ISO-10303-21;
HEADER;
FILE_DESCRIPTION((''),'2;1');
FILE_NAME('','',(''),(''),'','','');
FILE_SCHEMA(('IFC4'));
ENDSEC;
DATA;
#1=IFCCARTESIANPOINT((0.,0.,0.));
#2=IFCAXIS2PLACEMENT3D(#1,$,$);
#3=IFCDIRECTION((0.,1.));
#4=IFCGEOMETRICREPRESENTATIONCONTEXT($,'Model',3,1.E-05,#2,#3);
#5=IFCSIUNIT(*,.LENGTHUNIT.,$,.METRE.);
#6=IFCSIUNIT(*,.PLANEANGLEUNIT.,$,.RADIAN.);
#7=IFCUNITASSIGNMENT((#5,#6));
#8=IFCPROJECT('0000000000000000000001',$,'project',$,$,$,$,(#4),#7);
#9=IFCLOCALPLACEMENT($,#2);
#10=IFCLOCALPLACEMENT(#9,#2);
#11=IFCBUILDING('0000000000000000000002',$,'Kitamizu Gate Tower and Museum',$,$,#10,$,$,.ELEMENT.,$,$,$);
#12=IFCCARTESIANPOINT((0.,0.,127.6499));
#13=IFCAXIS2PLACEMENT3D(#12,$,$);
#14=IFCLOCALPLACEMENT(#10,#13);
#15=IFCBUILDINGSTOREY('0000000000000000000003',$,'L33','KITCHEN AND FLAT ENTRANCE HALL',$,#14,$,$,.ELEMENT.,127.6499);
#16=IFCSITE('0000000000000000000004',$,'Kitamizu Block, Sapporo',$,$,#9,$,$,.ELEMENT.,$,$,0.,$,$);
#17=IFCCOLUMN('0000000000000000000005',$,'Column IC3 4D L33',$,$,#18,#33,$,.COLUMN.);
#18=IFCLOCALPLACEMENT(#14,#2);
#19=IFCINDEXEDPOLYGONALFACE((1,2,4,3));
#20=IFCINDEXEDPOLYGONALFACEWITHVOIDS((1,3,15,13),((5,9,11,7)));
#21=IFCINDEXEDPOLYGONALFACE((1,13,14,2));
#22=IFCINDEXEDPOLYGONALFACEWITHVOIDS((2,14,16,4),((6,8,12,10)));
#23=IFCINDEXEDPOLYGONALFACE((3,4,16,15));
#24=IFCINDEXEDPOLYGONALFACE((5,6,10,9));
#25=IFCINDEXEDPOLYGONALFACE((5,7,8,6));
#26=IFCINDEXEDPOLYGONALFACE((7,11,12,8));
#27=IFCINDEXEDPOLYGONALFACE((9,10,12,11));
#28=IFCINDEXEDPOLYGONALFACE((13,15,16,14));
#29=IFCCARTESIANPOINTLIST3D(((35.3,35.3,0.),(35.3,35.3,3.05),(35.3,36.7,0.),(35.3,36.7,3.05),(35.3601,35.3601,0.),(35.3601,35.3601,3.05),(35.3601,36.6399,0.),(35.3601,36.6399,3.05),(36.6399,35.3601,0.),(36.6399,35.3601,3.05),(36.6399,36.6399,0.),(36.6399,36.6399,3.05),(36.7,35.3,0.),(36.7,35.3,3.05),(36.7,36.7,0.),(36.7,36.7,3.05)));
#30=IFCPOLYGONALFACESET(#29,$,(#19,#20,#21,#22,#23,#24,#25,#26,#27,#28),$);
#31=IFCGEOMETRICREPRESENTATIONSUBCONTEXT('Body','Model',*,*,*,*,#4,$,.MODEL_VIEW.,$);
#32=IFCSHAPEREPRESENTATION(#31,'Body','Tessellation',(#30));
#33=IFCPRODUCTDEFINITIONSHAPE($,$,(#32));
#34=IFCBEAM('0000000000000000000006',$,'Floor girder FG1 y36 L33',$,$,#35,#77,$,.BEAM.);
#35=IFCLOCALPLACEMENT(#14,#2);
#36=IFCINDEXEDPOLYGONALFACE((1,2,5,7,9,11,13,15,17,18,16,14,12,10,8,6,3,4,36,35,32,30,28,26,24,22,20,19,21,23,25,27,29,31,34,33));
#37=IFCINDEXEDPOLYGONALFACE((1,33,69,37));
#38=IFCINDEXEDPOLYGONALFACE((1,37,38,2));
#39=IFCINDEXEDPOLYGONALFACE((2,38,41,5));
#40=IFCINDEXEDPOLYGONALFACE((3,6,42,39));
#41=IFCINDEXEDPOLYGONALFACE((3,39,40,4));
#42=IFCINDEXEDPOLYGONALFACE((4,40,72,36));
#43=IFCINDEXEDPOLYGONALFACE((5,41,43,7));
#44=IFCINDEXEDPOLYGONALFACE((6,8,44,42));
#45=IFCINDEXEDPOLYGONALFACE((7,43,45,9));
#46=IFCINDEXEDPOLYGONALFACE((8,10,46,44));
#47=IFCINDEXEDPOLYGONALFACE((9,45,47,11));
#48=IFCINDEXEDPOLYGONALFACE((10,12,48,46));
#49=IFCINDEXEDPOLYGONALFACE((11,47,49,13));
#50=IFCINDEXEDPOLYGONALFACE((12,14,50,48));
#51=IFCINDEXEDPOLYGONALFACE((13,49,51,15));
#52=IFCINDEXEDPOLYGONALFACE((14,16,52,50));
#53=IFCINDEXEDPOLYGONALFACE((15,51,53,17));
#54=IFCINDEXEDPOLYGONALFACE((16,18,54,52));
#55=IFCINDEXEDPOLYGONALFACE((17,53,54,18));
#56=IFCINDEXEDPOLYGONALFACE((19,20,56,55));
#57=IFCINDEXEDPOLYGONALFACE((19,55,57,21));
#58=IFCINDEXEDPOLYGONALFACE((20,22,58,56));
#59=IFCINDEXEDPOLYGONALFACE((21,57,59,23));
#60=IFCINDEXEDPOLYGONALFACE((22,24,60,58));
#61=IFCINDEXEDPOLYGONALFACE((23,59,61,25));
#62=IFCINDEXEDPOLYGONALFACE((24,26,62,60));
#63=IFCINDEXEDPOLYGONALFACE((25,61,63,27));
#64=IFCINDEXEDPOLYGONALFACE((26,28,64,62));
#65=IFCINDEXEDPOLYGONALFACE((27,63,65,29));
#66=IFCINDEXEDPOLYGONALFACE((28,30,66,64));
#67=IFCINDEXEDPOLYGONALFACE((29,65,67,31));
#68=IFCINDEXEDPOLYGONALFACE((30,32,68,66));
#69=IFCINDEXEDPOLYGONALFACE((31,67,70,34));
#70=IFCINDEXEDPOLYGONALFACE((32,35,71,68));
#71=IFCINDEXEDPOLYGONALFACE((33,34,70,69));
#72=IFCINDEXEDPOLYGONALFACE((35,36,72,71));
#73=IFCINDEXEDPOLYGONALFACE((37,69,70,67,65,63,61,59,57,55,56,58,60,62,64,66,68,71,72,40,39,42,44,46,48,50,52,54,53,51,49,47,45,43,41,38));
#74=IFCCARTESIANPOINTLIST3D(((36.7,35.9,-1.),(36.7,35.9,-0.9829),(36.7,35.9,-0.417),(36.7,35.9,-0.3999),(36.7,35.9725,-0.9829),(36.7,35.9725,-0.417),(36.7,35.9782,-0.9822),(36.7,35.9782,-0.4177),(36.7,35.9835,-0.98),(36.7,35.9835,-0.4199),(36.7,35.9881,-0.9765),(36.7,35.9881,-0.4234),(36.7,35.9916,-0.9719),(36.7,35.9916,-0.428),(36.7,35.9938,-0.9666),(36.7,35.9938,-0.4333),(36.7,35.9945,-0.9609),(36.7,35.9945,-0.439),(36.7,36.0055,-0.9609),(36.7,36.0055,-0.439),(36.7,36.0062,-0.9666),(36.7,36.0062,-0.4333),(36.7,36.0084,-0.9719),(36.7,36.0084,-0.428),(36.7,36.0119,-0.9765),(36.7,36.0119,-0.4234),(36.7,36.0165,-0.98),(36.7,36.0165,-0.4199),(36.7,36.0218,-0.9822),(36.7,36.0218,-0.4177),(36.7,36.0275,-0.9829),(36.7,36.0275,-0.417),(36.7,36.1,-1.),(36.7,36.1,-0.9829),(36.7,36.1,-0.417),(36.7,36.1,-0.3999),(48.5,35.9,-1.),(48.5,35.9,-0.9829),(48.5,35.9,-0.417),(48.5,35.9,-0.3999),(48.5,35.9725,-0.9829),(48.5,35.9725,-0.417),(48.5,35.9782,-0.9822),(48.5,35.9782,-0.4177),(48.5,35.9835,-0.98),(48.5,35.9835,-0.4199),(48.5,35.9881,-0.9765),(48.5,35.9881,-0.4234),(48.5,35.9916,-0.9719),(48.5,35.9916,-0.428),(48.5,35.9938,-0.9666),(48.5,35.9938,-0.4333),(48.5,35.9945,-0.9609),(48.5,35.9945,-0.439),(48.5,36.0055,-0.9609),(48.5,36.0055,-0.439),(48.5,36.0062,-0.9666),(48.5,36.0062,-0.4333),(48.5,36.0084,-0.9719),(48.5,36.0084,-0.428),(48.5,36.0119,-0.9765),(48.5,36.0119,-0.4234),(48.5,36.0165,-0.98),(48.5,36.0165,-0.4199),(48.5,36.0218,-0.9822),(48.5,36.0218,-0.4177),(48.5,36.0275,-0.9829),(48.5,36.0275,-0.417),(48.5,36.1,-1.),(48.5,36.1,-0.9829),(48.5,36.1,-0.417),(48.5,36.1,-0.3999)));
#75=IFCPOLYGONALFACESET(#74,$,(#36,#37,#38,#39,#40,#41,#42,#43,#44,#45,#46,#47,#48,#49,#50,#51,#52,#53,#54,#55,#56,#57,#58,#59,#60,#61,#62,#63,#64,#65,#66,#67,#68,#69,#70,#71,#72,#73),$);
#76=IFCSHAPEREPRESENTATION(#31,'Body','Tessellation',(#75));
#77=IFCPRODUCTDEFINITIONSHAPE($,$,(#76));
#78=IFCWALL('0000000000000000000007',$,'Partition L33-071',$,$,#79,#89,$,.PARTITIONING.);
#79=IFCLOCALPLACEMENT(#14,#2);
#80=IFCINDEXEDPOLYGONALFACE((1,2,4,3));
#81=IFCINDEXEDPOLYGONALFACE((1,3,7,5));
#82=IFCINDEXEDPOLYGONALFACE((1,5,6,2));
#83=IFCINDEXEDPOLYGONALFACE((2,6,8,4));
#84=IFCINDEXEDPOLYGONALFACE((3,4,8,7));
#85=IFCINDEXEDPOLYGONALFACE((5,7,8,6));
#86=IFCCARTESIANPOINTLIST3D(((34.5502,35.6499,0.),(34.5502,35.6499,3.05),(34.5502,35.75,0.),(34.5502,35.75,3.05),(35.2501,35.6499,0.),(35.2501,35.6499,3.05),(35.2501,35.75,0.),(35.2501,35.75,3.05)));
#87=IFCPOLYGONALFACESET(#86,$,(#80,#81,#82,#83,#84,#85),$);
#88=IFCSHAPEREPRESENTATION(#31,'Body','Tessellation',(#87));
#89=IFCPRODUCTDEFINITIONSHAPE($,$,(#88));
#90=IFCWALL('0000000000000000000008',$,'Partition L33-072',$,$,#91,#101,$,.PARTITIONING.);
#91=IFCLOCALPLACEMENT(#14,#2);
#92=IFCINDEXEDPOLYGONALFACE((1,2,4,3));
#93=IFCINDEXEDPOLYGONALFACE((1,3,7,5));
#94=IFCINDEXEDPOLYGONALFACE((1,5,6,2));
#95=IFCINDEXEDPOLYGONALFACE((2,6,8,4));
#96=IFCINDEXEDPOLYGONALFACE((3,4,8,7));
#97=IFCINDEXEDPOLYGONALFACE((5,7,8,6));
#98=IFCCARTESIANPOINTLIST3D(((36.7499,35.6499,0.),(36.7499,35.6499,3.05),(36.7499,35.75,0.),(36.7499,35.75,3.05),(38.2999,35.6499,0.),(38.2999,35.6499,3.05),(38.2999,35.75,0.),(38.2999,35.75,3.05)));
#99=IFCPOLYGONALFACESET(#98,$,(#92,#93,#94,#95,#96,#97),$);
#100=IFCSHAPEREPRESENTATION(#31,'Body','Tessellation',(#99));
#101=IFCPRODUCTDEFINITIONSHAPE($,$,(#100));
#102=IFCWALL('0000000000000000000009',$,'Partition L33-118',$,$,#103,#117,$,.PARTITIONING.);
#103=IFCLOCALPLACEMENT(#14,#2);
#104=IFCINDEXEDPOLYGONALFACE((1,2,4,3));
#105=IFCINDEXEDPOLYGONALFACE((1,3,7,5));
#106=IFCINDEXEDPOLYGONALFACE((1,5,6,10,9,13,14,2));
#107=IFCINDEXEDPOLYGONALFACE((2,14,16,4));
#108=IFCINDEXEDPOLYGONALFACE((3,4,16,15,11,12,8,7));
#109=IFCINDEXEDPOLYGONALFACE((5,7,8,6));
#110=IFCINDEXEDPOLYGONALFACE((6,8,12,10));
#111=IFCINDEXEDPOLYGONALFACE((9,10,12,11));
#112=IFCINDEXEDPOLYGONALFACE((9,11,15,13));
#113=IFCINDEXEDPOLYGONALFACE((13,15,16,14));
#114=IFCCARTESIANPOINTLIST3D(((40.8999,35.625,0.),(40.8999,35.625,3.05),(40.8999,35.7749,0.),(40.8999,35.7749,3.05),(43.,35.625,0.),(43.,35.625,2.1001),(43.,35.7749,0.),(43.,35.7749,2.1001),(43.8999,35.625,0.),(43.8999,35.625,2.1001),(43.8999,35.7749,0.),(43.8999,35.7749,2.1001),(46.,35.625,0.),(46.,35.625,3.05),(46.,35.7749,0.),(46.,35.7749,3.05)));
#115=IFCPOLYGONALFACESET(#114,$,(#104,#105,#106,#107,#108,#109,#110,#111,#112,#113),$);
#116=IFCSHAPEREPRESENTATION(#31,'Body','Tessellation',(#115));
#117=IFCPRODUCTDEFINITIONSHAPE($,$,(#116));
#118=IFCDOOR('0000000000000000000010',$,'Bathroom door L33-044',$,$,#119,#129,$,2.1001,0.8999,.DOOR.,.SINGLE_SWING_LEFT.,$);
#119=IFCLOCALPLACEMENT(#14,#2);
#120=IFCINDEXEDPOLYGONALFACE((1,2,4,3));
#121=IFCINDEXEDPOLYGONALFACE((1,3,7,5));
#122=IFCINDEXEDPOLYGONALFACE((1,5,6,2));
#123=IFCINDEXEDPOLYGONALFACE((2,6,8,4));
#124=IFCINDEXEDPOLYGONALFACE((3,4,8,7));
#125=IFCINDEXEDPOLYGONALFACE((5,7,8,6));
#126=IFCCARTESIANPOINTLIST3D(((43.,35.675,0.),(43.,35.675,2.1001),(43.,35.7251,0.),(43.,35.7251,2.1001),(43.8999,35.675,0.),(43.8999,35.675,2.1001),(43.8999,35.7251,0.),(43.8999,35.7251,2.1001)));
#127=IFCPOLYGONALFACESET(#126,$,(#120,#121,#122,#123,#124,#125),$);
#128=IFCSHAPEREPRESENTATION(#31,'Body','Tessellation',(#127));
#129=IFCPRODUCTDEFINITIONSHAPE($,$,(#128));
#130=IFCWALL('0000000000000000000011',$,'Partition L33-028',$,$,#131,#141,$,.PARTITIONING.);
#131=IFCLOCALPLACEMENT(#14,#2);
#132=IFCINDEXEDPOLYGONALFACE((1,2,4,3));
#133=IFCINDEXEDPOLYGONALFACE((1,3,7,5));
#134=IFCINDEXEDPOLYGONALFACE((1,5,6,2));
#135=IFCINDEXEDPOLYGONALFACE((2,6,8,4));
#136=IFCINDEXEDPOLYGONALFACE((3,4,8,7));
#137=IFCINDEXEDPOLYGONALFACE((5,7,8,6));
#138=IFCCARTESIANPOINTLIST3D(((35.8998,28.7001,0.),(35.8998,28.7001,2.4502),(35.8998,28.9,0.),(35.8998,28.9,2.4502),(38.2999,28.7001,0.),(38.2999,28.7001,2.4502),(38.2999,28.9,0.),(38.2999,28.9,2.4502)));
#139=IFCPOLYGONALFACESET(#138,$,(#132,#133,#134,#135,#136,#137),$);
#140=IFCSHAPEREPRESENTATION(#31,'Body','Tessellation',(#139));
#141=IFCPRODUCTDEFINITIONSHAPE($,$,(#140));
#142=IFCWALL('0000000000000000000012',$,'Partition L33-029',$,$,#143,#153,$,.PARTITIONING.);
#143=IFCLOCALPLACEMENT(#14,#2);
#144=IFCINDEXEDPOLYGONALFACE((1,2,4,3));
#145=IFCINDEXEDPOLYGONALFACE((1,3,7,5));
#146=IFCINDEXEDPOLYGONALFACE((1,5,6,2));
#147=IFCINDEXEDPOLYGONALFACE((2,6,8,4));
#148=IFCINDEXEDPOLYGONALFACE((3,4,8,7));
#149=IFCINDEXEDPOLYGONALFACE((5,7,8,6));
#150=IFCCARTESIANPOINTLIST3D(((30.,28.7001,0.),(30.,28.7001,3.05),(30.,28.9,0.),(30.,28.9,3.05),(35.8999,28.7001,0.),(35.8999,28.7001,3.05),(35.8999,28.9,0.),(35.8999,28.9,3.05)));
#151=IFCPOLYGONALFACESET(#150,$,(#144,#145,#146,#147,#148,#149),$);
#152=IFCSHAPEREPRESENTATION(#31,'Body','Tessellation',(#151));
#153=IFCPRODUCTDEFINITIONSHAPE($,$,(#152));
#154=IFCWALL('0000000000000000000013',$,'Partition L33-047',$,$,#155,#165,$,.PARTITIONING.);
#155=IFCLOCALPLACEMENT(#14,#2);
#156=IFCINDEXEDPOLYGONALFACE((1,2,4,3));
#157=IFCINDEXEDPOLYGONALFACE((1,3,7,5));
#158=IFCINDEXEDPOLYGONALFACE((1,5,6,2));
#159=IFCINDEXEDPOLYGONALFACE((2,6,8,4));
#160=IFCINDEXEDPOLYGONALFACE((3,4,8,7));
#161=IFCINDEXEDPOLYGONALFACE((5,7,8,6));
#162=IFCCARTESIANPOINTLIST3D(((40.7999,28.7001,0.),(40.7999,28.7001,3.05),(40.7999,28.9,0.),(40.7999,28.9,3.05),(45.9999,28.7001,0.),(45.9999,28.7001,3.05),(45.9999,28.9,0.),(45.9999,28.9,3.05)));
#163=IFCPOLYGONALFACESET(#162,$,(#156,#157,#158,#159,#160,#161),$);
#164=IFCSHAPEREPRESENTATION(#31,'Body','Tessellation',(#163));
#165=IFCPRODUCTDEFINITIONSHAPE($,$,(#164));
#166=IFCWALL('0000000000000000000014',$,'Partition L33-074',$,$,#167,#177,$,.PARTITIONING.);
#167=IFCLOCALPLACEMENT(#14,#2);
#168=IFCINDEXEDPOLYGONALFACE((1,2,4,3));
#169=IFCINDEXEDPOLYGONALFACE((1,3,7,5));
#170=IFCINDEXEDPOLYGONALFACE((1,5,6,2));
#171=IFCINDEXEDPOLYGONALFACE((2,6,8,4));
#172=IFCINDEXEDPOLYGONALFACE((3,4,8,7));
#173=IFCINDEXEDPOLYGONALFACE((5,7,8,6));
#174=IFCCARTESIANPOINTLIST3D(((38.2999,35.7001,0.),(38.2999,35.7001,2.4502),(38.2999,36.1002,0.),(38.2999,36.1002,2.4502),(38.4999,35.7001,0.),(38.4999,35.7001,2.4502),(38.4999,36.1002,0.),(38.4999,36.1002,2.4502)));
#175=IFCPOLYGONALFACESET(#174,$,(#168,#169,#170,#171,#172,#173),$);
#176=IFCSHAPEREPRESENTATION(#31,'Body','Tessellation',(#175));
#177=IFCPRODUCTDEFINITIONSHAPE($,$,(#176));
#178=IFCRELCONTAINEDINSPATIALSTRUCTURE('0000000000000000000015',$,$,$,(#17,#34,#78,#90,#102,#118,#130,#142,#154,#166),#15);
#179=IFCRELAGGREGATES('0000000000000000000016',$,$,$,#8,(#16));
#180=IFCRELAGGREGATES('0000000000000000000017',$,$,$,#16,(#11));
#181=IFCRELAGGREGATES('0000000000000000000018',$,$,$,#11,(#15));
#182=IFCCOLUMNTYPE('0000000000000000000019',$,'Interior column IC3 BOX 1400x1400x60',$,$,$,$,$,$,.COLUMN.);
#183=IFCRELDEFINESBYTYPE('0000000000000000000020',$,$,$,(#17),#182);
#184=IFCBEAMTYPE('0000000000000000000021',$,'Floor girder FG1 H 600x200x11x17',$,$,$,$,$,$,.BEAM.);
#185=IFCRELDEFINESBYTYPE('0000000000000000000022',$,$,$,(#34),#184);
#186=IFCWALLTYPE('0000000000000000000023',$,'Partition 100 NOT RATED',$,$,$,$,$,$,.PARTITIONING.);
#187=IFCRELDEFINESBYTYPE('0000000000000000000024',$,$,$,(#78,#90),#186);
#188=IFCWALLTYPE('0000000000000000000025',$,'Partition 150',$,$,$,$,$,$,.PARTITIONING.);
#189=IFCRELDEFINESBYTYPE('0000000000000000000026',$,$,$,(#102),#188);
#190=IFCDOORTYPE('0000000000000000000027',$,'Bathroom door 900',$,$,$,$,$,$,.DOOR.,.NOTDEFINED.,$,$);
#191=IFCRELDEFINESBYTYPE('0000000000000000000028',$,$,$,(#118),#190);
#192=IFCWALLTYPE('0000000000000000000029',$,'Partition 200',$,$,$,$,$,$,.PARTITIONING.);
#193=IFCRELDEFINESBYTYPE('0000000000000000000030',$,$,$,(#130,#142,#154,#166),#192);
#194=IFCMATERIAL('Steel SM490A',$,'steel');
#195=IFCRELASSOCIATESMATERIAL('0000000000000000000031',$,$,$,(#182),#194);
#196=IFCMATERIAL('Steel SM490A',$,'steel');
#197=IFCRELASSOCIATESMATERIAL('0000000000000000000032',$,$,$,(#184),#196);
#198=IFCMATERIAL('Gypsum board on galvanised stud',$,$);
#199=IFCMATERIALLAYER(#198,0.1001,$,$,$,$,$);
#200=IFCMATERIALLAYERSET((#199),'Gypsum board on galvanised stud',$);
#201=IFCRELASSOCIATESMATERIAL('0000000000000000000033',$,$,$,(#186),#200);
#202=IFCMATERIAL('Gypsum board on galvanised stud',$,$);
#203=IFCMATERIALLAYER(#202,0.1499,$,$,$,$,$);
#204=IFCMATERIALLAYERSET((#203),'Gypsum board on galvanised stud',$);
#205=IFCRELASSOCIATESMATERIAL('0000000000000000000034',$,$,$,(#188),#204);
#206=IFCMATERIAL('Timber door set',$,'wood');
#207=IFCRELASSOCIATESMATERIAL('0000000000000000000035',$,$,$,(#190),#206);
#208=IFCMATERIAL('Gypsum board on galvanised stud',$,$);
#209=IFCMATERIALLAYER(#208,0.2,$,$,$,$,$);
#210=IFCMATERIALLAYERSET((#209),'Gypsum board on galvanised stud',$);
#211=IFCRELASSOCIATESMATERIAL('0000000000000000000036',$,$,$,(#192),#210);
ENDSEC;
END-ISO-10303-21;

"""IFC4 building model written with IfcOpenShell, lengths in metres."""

from ifc_helpers import new_model, si_unit, direction, frame, frame_2d, origin, origin_2d, place, context, subcontext, project, spatial, rectangle, hollow_rectangle, i_section, extrude, material, layer, layer_set, material_profile, profile_set, type_object, element, fill, save


model = new_model("IFC4")

# Units and contexts
model_context = context("Model", 3, precision=1e-05, world=origin(), true_north=direction((0.0, 1.0)))
body_context = subcontext(model_context, "Body", "Model", "MODEL_VIEW")
ifc_project = project(units=[si_unit("LENGTHUNIT", "METRE"), si_unit("PLANEANGLEUNIT", "RADIAN")], contexts=[model_context])

# Site, building, storey
site_placement = place(None, origin())
site = spatial("IfcSite", under=ifc_project, at=site_placement, Name="Kitamizu Block, Sapporo", CompositionType="ELEMENT", RefElevation=0.0)
building_placement = place(site_placement, origin())
building = spatial("IfcBuilding", under=site, at=building_placement, Name="Kitamizu Gate Tower and Museum", CompositionType="ELEMENT")
storey_placement = place(building_placement, frame((0.0, 0.0, 127.6499)))
storey = spatial("IfcBuildingStorey", under=building, at=storey_placement, Name="L33", Description="KITCHEN AND FLAT ENTRANCE HALL", CompositionType="ELEMENT", Elevation=127.6499)

# Column
ifc_material_1 = material(Name="Steel SM490A", Category="steel")
ifc_material_profile_1 = material_profile(ifc_material_1, hollow_rectangle(XDim=1.3999, YDim=1.3999, WallThickness=0.0601, at=origin_2d()), Name="BOX 1400x1400x60")
ifc_profile_set_1 = profile_set([ifc_material_profile_1], Name="Steel SM490A")
column_type = type_object("IfcColumnType", Name="Interior column IC3 BOX 1400x1400x60", PredefinedType="COLUMN", material=ifc_profile_set_1)
column_placement = place(storey_placement, frame((36.0, 36.0, 0.0), z_axis=(0.0, 0.0, 1.0), x_axis=(1.0, 0.0, 0.0)))
element("IfcColumn", 1, at=column_placement, inside=storey, type_object=column_type, Name="Column IC3 4D L33", PredefinedType="COLUMN", context=body_context, shape_type="SweptSolid", body=[
    extrude(hollow_rectangle(XDim=1.3999, YDim=1.3999, WallThickness=0.0601, at=origin_2d()), origin(), (0.0, 0.0, 1.0), 3.05),
])

# Beam
ifc_material_2 = material(Name="Steel SM490A", Category="steel")
ifc_material_profile_2 = material_profile(ifc_material_2, i_section(OverallWidth=0.2, OverallDepth=0.6001, WebThickness=0.011, FlangeThickness=0.0171, FilletRadius=0.022, at=origin_2d()), Name="H-600x200x11x17")
ifc_profile_set_2 = profile_set([ifc_material_profile_2], Name="Steel SM490A")
beam_type = type_object("IfcBeamType", Name="Floor girder FG1 H 600x200x11x17", PredefinedType="BEAM", material=ifc_profile_set_2)
beam_placement = place(storey_placement, frame((36.7, 36.0, -0.7), z_axis=(1.0, 0.0, 0.0), x_axis=(0.0, 1.0, 0.0)))
element("IfcBeam", 2, at=beam_placement, inside=storey, type_object=beam_type, Name="Floor girder FG1 y36 L33", PredefinedType="BEAM", context=body_context, shape_type="SweptSolid", body=[
    extrude(i_section(OverallWidth=0.2, OverallDepth=0.6001, WebThickness=0.011, FlangeThickness=0.0171, FilletRadius=0.022, at=origin_2d()), origin(), (0.0, 0.0, 1.0), 11.8),
])

# Walls
ifc_material_3 = material(Name="Gypsum board on galvanised stud")
ifc_layer_1 = layer(ifc_material_3, 0.1001)
ifc_layer_set_1 = layer_set([ifc_layer_1], Name="Gypsum board on galvanised stud")
wall_type_1 = type_object("IfcWallType", Name="Partition 100 NOT RATED", PredefinedType="PARTITIONING", material=ifc_layer_set_1)
wall_1_placement = place(storey_placement, frame((34.55, 35.7, 0.0), z_axis=(0.0, 0.0, 1.0), x_axis=(1.0, 0.0, 0.0)))
element("IfcWall", 3, at=wall_1_placement, inside=storey, type_object=wall_type_1, Name="Partition L33-071", PredefinedType="PARTITIONING", context=body_context, shape_type="SweptSolid", body=[
    extrude(rectangle(XDim=0.7, YDim=0.1001, at=frame_2d((0.3501, 0.0))), origin(), (0.0, 0.0, 1.0), 3.05),
])
wall_2_placement = place(storey_placement, frame((36.75, 35.7, 0.0), z_axis=(0.0, 0.0, 1.0), x_axis=(1.0, 0.0, 0.0)))
element("IfcWall", 4, at=wall_2_placement, inside=storey, type_object=wall_type_1, Name="Partition L33-072", PredefinedType="PARTITIONING", context=body_context, shape_type="SweptSolid", body=[
    extrude(rectangle(XDim=1.55, YDim=0.1001, at=frame_2d((0.7749, 0.0))), origin(), (0.0, 0.0, 1.0), 3.05),
])

# Wall, opening, door
ifc_material_4 = material(Name="Gypsum board on galvanised stud")
ifc_layer_2 = layer(ifc_material_4, 0.1499)
ifc_layer_set_2 = layer_set([ifc_layer_2], Name="Gypsum board on galvanised stud")
wall_type_2 = type_object("IfcWallType", Name="Partition 150", PredefinedType="PARTITIONING", material=ifc_layer_set_2)
wall_3_placement = place(storey_placement, frame((40.8999, 35.7, 0.0), z_axis=(0.0, 0.0, 1.0), x_axis=(1.0, 0.0, 0.0)))
wall_3 = element("IfcWall", 5, at=wall_3_placement, inside=storey, type_object=wall_type_2, Name="Partition L33-118", PredefinedType="PARTITIONING", context=body_context, shape_type="SweptSolid", body=[
    extrude(rectangle(XDim=5.1001, YDim=0.1499, at=frame_2d((2.55, 0.0))), origin(), (0.0, 0.0, 1.0), 3.05),
])
opening_placement = place(wall_3_placement, frame((2.1001, 0.0, 0.0)))
opening = element("IfcOpeningElement", 6, at=opening_placement, cuts=wall_3, PredefinedType="OPENING", context=body_context, shape_type="SweptSolid", body=[
    extrude(rectangle(XDim=0.8999, YDim=2.1001, at=frame_2d((0.45, 1.05))), frame((0.0, 0.085, 0.0), z_axis=(0.0, -1.0, 0.0), x_axis=(1.0, 0.0, 0.0)), (0.0, 0.0, 1.0), 0.1699),
])
ifc_material_5 = material(Name="Timber door set", Category="wood")
door_type = type_object("IfcDoorType", Name="Bathroom door 900", OperationType="NOTDEFINED", PredefinedType="DOOR", material=ifc_material_5)
door_placement = place(opening_placement, frame((0.8999, 0.0, 0.0), x_axis=(-1.0, 0.0, 0.0)))
door = element("IfcDoor", 7, at=door_placement, inside=storey, type_object=door_type, Name="Bathroom door L33-044", OperationType="SINGLE_SWING_LEFT", OverallHeight=2.1001, OverallWidth=0.8999, PredefinedType="DOOR", context=body_context, shape_type="SweptSolid", body=[
    extrude(rectangle(XDim=0.8999, YDim=2.1001, at=frame_2d((0.45, 1.05))), frame((0.0, 0.0249, 0.0), z_axis=(0.0, -1.0, 0.0), x_axis=(1.0, 0.0, 0.0)), (0.0, 0.0, 1.0), 0.05),
])
fill(opening, door)

# Walls
ifc_material_6 = material(Name="Gypsum board on galvanised stud")
ifc_layer_3 = layer(ifc_material_6, 0.2)
ifc_layer_set_3 = layer_set([ifc_layer_3], Name="Gypsum board on galvanised stud")
wall_type_3 = type_object("IfcWallType", Name="Partition 200", PredefinedType="PARTITIONING", material=ifc_layer_set_3)
wall_4_placement = place(storey_placement, frame((38.3, 28.8, 0.0), z_axis=(0.0, 0.0, 1.0), x_axis=(-1.0, 0.0, 0.0)))
element("IfcWall", 8, at=wall_4_placement, inside=storey, type_object=wall_type_3, Name="Partition L33-028", PredefinedType="PARTITIONING", context=body_context, shape_type="SweptSolid", body=[
    extrude(rectangle(XDim=2.4001, YDim=0.2, at=frame_2d((1.2002, 0.0))), origin(), (0.0, 0.0, 1.0), 2.4502),
])
wall_5_placement = place(storey_placement, frame((35.8999, 28.8, 0.0), z_axis=(0.0, 0.0, 1.0), x_axis=(-1.0, 0.0, 0.0)))
element("IfcWall", 9, at=wall_5_placement, inside=storey, type_object=wall_type_3, Name="Partition L33-029", PredefinedType="PARTITIONING", context=body_context, shape_type="SweptSolid", body=[
    extrude(rectangle(XDim=5.8999, YDim=0.2, at=frame_2d((2.95, 0.0))), origin(), (0.0, 0.0, 1.0), 3.05),
])
wall_6_placement = place(storey_placement, frame((46.0, 28.8, 0.0), z_axis=(0.0, 0.0, 1.0), x_axis=(-1.0, 0.0, 0.0)))
element("IfcWall", 10, at=wall_6_placement, inside=storey, type_object=wall_type_3, Name="Partition L33-047", PredefinedType="PARTITIONING", context=body_context, shape_type="SweptSolid", body=[
    extrude(rectangle(XDim=5.2, YDim=0.2, at=frame_2d((2.6001, 0.0))), origin(), (0.0, 0.0, 1.0), 3.05),
])
wall_7_placement = place(storey_placement, frame((38.3999, 35.7, 0.0), z_axis=(0.0, 0.0, 1.0), x_axis=(0.0, 1.0, 0.0)))
element("IfcWall", 11, at=wall_7_placement, inside=storey, type_object=wall_type_3, Name="Partition L33-074", PredefinedType="PARTITIONING", context=body_context, shape_type="SweptSolid", body=[
    extrude(rectangle(XDim=0.4001, YDim=0.2, at=frame_2d((0.2002, 0.0))), origin(), (0.0, 0.0, 1.0), 2.4502),
])

save(model, "model.ifc")
